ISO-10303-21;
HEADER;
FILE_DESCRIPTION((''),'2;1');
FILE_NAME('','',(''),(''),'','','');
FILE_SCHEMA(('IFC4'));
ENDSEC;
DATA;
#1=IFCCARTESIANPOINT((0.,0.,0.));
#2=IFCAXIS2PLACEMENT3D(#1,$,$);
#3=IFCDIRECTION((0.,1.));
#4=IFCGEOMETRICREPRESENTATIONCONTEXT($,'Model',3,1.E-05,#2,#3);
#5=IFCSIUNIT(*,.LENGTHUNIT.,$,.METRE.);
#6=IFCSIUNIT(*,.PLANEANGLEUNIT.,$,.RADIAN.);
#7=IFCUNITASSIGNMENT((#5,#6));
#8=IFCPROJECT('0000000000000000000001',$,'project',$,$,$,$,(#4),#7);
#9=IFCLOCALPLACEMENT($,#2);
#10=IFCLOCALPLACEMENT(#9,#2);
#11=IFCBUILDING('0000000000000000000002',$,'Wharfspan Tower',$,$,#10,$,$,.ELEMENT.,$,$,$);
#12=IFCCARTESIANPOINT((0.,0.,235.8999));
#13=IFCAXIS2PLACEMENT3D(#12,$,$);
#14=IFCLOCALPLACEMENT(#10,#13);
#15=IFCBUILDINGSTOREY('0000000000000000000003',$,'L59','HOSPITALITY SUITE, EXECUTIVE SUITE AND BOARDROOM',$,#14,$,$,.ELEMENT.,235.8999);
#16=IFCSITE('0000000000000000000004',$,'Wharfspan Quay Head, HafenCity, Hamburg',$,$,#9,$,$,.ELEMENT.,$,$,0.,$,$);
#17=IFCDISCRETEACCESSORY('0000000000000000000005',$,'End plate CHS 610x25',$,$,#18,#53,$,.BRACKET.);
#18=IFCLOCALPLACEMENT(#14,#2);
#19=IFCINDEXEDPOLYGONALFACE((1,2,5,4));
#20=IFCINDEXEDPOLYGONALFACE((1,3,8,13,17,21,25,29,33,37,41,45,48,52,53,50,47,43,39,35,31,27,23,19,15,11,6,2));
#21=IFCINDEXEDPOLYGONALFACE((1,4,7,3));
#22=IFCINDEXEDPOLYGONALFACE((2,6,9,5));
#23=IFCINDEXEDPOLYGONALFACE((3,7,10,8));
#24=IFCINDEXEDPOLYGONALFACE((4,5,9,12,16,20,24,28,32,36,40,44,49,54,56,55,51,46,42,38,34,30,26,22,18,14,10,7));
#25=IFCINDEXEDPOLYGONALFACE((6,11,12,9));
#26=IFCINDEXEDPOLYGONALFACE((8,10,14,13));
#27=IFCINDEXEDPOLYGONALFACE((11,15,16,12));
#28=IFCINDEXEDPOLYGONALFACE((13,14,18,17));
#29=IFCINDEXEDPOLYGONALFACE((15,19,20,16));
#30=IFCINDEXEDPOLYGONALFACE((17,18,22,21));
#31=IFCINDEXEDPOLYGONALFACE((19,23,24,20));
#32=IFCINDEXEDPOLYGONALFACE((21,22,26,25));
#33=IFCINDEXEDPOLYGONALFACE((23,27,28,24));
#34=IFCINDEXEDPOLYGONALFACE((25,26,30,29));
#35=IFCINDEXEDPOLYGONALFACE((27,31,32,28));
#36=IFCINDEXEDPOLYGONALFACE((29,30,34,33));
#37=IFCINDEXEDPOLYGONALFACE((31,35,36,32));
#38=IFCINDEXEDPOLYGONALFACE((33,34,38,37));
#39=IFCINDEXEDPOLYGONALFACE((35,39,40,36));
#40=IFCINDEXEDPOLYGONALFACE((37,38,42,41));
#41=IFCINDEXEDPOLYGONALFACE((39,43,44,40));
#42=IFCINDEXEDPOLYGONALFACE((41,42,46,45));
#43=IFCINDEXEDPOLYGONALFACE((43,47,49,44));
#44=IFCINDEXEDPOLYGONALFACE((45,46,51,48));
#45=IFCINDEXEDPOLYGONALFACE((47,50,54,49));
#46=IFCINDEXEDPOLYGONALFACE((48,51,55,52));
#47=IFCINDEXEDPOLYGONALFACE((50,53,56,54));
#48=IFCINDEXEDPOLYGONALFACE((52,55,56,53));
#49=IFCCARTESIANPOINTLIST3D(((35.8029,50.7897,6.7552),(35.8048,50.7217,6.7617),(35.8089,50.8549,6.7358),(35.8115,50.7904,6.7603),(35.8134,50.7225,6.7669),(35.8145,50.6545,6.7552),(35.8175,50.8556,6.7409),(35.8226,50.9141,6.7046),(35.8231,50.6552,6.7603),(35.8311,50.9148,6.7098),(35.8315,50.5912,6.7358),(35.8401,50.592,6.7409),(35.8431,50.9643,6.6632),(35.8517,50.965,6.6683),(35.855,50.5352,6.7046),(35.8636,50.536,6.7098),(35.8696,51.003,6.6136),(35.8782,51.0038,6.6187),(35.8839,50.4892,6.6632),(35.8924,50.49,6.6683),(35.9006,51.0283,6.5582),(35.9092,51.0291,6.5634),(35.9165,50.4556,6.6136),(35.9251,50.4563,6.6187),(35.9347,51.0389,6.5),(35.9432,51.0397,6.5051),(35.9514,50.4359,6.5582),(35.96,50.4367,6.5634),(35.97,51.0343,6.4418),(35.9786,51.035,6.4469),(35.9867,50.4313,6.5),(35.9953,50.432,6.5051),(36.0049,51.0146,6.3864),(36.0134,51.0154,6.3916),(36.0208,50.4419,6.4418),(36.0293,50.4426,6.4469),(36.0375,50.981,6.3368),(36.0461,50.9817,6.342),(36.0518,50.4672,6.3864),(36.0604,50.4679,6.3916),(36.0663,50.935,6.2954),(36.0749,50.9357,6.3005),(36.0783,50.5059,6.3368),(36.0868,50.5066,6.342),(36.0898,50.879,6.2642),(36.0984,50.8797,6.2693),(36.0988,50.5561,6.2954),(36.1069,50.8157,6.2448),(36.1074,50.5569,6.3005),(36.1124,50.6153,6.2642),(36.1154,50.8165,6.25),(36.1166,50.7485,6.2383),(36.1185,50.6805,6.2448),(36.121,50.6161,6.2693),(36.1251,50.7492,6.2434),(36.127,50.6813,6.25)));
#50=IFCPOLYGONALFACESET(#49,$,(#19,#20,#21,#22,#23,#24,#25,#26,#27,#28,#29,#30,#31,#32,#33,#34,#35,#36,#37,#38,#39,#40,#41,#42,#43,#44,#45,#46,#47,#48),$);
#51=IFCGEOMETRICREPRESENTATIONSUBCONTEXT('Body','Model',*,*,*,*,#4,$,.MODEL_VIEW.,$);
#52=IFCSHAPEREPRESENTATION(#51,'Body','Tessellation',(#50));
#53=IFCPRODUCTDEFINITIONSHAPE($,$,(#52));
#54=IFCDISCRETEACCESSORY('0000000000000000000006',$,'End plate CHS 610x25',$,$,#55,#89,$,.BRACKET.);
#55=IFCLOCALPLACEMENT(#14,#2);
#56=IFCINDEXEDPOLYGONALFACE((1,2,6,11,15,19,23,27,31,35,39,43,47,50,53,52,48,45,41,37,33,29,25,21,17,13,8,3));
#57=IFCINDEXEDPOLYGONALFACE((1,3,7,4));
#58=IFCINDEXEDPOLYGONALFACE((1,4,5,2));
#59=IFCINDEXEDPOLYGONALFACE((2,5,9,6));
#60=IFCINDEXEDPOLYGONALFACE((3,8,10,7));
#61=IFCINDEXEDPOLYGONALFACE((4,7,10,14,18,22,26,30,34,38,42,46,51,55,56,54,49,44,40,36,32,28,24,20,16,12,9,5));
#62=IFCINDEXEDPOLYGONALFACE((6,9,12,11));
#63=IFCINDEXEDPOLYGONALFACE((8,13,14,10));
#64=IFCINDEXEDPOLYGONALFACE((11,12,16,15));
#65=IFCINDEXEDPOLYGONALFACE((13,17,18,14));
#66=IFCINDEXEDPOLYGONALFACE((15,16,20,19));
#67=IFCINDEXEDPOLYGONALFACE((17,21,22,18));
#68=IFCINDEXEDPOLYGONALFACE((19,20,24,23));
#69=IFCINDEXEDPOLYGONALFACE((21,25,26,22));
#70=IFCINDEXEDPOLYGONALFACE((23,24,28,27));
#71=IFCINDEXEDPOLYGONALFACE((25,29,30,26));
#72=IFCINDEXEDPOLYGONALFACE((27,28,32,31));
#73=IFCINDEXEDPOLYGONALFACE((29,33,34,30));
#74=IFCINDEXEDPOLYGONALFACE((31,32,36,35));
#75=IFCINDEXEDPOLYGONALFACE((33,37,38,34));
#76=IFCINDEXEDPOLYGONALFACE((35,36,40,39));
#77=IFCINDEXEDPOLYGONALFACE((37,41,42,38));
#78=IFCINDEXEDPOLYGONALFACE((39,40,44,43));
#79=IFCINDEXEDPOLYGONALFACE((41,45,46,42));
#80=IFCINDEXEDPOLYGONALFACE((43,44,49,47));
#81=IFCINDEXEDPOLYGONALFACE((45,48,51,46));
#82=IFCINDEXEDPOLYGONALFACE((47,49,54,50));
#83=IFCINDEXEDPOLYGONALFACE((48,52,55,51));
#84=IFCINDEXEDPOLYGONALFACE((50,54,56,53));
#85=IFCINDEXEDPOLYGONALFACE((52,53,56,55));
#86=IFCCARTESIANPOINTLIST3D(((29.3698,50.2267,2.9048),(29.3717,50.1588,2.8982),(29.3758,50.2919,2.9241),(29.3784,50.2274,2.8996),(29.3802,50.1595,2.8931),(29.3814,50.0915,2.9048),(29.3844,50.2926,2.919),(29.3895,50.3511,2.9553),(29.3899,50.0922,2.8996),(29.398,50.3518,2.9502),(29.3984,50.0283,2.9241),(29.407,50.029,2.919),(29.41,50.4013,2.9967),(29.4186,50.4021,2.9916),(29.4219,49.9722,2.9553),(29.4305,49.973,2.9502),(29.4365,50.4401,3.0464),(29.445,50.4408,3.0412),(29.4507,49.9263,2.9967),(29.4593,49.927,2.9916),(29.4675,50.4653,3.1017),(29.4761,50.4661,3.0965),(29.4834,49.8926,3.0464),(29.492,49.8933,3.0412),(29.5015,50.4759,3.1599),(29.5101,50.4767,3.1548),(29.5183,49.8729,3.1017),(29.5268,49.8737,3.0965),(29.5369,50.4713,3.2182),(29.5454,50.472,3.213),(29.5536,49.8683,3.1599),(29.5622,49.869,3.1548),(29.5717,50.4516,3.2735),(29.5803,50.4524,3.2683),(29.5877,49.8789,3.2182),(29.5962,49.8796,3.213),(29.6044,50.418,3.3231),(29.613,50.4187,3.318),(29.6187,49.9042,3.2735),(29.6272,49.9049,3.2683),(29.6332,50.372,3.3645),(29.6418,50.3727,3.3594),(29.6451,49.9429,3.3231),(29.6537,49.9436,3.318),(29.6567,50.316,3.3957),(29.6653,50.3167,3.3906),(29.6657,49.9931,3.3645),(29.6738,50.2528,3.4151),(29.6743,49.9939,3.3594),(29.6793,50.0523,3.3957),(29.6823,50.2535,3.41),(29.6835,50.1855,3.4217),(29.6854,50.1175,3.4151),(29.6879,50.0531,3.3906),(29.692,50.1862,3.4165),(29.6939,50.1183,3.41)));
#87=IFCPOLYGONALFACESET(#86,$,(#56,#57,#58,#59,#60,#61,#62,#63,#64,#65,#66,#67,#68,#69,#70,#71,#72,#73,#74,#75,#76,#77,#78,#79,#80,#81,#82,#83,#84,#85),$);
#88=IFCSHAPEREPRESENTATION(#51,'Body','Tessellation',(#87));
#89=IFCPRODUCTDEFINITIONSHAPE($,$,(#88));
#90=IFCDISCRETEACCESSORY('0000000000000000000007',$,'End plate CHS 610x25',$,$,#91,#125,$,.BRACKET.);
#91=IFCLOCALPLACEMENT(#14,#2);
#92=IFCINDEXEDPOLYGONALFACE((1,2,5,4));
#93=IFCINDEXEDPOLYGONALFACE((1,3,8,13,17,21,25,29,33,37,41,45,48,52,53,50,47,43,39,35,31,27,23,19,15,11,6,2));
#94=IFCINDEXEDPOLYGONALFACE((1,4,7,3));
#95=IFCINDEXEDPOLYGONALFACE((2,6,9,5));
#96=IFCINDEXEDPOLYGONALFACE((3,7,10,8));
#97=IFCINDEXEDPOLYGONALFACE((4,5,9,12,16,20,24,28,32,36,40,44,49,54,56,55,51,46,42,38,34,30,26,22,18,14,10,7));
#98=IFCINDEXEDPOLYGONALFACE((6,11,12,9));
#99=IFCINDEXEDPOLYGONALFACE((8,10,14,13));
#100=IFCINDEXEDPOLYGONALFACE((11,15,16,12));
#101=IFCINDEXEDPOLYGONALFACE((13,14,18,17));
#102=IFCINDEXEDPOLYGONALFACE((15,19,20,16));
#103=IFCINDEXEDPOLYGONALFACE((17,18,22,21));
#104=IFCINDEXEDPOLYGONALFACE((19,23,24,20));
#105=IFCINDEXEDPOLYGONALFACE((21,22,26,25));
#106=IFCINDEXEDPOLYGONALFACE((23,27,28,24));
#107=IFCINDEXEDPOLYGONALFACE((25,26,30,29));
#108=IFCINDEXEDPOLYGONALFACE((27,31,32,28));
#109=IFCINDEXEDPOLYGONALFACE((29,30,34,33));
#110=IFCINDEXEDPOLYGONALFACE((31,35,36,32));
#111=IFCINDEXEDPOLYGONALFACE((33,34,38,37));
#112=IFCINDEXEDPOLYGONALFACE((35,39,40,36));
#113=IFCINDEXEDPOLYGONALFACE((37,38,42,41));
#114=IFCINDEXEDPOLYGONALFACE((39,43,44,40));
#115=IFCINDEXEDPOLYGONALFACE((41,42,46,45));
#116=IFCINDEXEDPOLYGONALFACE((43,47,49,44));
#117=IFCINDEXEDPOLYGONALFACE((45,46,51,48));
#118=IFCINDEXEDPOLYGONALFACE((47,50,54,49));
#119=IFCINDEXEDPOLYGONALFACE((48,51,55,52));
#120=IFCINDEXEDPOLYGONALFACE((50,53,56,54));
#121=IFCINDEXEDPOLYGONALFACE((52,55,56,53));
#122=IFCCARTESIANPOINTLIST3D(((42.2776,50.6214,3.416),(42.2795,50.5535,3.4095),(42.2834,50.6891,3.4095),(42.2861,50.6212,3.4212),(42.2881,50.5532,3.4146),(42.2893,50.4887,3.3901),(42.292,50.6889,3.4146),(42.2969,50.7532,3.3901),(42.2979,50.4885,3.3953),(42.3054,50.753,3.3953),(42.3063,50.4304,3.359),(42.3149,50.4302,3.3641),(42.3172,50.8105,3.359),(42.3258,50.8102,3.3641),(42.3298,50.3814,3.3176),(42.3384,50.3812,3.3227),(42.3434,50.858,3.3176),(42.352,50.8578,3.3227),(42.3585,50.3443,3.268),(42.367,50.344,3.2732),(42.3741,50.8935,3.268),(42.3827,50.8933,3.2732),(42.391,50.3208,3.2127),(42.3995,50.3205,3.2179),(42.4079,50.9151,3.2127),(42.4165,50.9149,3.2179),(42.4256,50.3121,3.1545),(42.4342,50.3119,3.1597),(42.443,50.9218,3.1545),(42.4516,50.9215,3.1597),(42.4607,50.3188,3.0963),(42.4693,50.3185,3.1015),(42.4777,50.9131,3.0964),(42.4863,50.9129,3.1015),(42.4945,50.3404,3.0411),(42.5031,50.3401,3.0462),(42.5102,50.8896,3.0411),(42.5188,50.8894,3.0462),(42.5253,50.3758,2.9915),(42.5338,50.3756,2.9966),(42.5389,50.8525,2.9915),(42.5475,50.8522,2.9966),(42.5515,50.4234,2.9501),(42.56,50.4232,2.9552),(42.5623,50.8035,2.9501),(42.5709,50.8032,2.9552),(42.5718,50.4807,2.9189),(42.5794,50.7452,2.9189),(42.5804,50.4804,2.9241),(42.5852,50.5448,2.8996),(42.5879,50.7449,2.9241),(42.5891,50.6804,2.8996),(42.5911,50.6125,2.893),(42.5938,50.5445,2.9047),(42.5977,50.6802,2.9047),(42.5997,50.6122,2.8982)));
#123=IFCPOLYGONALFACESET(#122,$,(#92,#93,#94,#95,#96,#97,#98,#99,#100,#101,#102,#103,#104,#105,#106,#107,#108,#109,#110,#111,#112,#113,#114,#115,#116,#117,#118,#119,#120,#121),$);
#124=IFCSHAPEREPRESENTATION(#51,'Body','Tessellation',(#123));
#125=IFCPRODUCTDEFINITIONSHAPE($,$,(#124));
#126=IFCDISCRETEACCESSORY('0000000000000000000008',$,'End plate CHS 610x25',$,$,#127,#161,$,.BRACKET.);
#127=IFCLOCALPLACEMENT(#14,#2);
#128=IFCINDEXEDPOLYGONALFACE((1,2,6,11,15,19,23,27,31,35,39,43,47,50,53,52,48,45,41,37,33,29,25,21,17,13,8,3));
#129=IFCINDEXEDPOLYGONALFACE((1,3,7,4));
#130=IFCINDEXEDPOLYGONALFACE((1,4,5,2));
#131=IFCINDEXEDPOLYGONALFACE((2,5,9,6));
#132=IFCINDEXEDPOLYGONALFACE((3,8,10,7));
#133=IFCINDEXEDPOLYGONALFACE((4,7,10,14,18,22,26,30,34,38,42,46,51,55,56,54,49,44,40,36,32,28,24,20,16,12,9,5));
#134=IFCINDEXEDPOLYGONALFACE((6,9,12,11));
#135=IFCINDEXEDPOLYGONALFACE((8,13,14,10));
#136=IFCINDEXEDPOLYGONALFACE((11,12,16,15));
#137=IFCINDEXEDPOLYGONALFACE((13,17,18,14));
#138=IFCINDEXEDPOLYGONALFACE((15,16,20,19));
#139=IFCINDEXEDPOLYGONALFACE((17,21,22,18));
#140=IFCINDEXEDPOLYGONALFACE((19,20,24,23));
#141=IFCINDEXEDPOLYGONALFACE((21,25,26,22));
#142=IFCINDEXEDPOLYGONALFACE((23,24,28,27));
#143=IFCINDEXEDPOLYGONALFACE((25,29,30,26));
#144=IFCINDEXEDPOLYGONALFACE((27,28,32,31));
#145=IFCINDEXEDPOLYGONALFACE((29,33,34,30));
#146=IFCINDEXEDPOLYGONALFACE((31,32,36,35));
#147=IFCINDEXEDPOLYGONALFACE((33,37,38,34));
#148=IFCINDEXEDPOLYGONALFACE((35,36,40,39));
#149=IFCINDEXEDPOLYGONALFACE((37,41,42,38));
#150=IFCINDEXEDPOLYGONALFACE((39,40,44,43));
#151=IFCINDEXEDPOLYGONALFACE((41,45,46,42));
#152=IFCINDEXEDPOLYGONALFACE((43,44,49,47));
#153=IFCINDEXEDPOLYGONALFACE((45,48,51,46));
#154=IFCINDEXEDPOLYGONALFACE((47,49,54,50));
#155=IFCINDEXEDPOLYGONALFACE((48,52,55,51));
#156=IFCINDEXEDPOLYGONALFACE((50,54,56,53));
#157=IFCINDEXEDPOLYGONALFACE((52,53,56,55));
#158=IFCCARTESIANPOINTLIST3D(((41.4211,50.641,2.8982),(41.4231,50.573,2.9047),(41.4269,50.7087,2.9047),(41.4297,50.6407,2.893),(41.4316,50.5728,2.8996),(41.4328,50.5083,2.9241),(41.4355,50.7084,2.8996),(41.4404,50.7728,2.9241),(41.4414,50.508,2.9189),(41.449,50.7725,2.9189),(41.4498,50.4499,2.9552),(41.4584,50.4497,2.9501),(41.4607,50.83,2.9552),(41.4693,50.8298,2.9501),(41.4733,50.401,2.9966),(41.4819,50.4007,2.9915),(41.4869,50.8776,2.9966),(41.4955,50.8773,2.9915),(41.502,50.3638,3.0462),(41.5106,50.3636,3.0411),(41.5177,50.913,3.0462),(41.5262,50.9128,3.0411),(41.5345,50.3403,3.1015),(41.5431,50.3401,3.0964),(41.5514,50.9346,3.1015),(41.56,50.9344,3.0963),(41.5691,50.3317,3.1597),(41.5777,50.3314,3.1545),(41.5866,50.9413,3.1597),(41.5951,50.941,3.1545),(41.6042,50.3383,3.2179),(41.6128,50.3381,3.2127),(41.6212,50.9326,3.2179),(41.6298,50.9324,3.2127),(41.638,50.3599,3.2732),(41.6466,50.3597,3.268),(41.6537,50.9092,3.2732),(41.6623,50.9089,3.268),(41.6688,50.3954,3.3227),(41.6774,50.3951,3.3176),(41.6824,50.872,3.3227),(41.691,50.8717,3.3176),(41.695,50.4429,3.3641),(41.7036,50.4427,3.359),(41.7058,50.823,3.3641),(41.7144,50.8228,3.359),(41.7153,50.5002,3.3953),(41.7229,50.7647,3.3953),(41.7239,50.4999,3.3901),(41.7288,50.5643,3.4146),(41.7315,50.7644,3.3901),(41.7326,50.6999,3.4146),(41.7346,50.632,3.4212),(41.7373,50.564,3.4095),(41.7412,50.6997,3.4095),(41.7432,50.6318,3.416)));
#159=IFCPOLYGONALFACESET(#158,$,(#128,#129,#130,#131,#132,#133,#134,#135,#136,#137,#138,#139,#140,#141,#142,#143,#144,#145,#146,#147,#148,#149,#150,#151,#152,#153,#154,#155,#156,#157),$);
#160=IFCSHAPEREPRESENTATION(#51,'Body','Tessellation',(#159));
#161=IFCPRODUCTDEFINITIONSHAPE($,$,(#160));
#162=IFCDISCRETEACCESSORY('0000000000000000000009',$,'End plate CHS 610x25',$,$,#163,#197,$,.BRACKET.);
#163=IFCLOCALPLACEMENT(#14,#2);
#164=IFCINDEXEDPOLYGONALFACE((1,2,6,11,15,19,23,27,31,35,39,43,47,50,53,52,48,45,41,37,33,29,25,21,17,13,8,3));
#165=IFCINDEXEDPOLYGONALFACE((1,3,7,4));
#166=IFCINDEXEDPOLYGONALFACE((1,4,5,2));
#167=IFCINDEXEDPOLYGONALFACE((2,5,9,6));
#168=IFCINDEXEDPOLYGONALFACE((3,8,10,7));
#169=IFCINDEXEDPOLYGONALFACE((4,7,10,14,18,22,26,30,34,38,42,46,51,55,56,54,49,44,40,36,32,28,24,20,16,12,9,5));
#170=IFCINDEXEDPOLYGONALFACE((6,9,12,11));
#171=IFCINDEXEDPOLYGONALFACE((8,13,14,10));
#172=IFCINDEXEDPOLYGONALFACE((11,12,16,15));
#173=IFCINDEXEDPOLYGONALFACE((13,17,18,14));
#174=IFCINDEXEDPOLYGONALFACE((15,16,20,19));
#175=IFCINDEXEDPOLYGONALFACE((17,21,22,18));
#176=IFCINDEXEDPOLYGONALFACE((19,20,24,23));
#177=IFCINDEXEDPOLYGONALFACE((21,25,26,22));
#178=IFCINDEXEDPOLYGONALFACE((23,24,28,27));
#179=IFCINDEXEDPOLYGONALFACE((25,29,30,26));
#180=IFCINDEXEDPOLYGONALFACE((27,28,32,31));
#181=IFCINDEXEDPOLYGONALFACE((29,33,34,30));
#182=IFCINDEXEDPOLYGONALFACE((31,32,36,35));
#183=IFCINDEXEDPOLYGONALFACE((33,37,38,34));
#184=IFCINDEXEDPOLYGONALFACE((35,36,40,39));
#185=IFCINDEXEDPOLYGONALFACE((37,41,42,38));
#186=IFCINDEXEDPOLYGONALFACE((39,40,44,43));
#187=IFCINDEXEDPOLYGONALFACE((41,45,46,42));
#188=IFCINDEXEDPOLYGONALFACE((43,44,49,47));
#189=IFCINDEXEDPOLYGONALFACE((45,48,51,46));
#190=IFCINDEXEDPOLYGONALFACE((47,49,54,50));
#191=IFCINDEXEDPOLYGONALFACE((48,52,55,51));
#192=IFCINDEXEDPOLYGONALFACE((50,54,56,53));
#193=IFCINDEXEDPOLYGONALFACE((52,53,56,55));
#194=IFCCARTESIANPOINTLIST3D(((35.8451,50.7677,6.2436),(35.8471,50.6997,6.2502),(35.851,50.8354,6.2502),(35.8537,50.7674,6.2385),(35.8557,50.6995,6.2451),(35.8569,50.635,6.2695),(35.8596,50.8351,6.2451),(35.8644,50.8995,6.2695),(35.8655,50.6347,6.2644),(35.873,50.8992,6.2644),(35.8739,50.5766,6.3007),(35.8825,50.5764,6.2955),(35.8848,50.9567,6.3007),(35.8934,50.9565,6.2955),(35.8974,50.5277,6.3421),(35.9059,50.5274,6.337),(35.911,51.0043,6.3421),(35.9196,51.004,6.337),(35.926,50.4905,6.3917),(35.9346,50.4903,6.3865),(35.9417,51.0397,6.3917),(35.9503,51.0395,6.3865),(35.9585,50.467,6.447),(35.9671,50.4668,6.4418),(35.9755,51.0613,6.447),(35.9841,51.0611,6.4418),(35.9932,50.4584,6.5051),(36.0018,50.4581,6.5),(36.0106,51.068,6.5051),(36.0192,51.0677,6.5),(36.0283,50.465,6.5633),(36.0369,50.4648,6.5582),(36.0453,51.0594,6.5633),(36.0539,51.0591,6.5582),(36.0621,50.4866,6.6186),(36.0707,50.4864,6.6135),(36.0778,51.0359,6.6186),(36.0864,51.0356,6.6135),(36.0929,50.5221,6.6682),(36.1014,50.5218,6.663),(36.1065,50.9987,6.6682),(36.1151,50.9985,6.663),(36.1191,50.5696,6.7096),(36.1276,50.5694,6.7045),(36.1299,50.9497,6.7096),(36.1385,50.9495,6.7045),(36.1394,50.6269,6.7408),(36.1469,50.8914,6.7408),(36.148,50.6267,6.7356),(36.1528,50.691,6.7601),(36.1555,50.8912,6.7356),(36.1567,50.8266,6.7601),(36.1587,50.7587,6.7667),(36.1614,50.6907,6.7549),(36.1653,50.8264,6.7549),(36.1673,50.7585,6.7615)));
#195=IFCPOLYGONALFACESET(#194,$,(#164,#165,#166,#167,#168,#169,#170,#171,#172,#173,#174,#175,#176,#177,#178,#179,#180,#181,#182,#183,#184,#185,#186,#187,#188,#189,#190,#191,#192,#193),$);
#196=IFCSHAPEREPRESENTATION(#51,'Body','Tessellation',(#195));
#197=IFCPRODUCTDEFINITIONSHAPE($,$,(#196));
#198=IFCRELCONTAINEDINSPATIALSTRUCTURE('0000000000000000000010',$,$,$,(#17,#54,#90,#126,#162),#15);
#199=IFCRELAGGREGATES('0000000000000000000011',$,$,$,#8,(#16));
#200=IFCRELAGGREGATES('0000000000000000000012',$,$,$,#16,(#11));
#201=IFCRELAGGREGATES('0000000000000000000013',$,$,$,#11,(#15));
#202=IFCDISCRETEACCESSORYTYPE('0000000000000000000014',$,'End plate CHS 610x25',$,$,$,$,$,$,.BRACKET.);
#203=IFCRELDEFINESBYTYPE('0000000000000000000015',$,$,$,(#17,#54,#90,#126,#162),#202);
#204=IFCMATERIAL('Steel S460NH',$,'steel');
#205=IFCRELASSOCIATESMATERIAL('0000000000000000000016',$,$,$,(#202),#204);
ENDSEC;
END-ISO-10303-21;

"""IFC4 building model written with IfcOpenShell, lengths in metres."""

from ifc_helpers import new_model, si_unit, direction, frame, origin, origin_2d, place, context, subcontext, project, spatial, circle, extrude, material, material_profile, profile_set, type_object, element, save


model = new_model("IFC4")

# Units and contexts
model_context = context("Model", 3, precision=1e-05, world=origin(), true_north=direction((0.0, 1.0)))
body_context = subcontext(model_context, "Body", "Model", "MODEL_VIEW")
ifc_project = project(units=[si_unit("LENGTHUNIT", "METRE"), si_unit("PLANEANGLEUNIT", "RADIAN")], contexts=[model_context])

# Site, building, storey
site_placement = place(None, origin())
site = spatial("IfcSite", under=ifc_project, at=site_placement, Name="Wharfspan Quay Head, HafenCity, Hamburg", CompositionType="ELEMENT", RefElevation=0.0)
building_placement = place(site_placement, origin())
building = spatial("IfcBuilding", under=site, at=building_placement, Name="Wharfspan Tower", CompositionType="ELEMENT")
storey_placement = place(building_placement, frame((0.0, 0.0, 235.8999)))
storey = spatial("IfcBuildingStorey", under=building, at=storey_placement, Name="L59", Description="HOSPITALITY SUITE, EXECUTIVE SUITE AND BOARDROOM", CompositionType="ELEMENT", Elevation=235.8999)

# Shared definitions
ifc_material_1 = material(Name="Steel S460NH", Category="steel")

# Discrete accessories
ifc_material_profile_1 = material_profile(ifc_material_1, circle(Radius=0.3049, at=origin_2d()))
ifc_profile_set_1 = profile_set([ifc_material_profile_1], Name="Steel S460NH")
discrete_accessory_type = type_object("IfcDiscreteAccessoryType", Name="End plate CHS 610x25", PredefinedType="BRACKET", material=ifc_profile_set_1)
for number, where, z_axis, x_axis, name in (
    (1, (35.9607, 50.7351, 6.5), (0.855186, 0.073302, 0.513112), (-0.085402, 0.996345, 0.000001), "End plate CHS 610x25"),
    (2, (29.5361, 50.1729, 3.1548), (-0.855186, -0.073302, 0.513112), (0.085402, -0.996345, 0.000001), "End plate CHS 610x25"),
    (3, (42.4343, 50.6169, 3.1545), (0.857236, -0.024492, 0.514341), (0.028558, 0.999591, 0.000002), "End plate CHS 610x25"),
    (4, (41.5864, 50.6362, 3.1545), (-0.857236, 0.024492, 0.514341), (-0.028558, -0.999591, 0.000002), "End plate CHS 610x25"),
    (5, (36.0105, 50.7629, 6.5), (-0.857236, 0.024492, 0.514341), (-0.028558, -0.999591, 0.000002), "End plate CHS 610x25"),
):
    element("IfcDiscreteAccessory", number, at=place(storey_placement, frame(where, z_axis=z_axis, x_axis=x_axis)), inside=storey, type_object=discrete_accessory_type, Name=name, PredefinedType="BRACKET", context=body_context, shape_type="SweptSolid", body=[
        extrude(circle(Radius=0.3049, at=origin_2d()), origin(), (0.0, 0.0, 1.0), 0.01),
    ])

save(model, "model.ifc")
